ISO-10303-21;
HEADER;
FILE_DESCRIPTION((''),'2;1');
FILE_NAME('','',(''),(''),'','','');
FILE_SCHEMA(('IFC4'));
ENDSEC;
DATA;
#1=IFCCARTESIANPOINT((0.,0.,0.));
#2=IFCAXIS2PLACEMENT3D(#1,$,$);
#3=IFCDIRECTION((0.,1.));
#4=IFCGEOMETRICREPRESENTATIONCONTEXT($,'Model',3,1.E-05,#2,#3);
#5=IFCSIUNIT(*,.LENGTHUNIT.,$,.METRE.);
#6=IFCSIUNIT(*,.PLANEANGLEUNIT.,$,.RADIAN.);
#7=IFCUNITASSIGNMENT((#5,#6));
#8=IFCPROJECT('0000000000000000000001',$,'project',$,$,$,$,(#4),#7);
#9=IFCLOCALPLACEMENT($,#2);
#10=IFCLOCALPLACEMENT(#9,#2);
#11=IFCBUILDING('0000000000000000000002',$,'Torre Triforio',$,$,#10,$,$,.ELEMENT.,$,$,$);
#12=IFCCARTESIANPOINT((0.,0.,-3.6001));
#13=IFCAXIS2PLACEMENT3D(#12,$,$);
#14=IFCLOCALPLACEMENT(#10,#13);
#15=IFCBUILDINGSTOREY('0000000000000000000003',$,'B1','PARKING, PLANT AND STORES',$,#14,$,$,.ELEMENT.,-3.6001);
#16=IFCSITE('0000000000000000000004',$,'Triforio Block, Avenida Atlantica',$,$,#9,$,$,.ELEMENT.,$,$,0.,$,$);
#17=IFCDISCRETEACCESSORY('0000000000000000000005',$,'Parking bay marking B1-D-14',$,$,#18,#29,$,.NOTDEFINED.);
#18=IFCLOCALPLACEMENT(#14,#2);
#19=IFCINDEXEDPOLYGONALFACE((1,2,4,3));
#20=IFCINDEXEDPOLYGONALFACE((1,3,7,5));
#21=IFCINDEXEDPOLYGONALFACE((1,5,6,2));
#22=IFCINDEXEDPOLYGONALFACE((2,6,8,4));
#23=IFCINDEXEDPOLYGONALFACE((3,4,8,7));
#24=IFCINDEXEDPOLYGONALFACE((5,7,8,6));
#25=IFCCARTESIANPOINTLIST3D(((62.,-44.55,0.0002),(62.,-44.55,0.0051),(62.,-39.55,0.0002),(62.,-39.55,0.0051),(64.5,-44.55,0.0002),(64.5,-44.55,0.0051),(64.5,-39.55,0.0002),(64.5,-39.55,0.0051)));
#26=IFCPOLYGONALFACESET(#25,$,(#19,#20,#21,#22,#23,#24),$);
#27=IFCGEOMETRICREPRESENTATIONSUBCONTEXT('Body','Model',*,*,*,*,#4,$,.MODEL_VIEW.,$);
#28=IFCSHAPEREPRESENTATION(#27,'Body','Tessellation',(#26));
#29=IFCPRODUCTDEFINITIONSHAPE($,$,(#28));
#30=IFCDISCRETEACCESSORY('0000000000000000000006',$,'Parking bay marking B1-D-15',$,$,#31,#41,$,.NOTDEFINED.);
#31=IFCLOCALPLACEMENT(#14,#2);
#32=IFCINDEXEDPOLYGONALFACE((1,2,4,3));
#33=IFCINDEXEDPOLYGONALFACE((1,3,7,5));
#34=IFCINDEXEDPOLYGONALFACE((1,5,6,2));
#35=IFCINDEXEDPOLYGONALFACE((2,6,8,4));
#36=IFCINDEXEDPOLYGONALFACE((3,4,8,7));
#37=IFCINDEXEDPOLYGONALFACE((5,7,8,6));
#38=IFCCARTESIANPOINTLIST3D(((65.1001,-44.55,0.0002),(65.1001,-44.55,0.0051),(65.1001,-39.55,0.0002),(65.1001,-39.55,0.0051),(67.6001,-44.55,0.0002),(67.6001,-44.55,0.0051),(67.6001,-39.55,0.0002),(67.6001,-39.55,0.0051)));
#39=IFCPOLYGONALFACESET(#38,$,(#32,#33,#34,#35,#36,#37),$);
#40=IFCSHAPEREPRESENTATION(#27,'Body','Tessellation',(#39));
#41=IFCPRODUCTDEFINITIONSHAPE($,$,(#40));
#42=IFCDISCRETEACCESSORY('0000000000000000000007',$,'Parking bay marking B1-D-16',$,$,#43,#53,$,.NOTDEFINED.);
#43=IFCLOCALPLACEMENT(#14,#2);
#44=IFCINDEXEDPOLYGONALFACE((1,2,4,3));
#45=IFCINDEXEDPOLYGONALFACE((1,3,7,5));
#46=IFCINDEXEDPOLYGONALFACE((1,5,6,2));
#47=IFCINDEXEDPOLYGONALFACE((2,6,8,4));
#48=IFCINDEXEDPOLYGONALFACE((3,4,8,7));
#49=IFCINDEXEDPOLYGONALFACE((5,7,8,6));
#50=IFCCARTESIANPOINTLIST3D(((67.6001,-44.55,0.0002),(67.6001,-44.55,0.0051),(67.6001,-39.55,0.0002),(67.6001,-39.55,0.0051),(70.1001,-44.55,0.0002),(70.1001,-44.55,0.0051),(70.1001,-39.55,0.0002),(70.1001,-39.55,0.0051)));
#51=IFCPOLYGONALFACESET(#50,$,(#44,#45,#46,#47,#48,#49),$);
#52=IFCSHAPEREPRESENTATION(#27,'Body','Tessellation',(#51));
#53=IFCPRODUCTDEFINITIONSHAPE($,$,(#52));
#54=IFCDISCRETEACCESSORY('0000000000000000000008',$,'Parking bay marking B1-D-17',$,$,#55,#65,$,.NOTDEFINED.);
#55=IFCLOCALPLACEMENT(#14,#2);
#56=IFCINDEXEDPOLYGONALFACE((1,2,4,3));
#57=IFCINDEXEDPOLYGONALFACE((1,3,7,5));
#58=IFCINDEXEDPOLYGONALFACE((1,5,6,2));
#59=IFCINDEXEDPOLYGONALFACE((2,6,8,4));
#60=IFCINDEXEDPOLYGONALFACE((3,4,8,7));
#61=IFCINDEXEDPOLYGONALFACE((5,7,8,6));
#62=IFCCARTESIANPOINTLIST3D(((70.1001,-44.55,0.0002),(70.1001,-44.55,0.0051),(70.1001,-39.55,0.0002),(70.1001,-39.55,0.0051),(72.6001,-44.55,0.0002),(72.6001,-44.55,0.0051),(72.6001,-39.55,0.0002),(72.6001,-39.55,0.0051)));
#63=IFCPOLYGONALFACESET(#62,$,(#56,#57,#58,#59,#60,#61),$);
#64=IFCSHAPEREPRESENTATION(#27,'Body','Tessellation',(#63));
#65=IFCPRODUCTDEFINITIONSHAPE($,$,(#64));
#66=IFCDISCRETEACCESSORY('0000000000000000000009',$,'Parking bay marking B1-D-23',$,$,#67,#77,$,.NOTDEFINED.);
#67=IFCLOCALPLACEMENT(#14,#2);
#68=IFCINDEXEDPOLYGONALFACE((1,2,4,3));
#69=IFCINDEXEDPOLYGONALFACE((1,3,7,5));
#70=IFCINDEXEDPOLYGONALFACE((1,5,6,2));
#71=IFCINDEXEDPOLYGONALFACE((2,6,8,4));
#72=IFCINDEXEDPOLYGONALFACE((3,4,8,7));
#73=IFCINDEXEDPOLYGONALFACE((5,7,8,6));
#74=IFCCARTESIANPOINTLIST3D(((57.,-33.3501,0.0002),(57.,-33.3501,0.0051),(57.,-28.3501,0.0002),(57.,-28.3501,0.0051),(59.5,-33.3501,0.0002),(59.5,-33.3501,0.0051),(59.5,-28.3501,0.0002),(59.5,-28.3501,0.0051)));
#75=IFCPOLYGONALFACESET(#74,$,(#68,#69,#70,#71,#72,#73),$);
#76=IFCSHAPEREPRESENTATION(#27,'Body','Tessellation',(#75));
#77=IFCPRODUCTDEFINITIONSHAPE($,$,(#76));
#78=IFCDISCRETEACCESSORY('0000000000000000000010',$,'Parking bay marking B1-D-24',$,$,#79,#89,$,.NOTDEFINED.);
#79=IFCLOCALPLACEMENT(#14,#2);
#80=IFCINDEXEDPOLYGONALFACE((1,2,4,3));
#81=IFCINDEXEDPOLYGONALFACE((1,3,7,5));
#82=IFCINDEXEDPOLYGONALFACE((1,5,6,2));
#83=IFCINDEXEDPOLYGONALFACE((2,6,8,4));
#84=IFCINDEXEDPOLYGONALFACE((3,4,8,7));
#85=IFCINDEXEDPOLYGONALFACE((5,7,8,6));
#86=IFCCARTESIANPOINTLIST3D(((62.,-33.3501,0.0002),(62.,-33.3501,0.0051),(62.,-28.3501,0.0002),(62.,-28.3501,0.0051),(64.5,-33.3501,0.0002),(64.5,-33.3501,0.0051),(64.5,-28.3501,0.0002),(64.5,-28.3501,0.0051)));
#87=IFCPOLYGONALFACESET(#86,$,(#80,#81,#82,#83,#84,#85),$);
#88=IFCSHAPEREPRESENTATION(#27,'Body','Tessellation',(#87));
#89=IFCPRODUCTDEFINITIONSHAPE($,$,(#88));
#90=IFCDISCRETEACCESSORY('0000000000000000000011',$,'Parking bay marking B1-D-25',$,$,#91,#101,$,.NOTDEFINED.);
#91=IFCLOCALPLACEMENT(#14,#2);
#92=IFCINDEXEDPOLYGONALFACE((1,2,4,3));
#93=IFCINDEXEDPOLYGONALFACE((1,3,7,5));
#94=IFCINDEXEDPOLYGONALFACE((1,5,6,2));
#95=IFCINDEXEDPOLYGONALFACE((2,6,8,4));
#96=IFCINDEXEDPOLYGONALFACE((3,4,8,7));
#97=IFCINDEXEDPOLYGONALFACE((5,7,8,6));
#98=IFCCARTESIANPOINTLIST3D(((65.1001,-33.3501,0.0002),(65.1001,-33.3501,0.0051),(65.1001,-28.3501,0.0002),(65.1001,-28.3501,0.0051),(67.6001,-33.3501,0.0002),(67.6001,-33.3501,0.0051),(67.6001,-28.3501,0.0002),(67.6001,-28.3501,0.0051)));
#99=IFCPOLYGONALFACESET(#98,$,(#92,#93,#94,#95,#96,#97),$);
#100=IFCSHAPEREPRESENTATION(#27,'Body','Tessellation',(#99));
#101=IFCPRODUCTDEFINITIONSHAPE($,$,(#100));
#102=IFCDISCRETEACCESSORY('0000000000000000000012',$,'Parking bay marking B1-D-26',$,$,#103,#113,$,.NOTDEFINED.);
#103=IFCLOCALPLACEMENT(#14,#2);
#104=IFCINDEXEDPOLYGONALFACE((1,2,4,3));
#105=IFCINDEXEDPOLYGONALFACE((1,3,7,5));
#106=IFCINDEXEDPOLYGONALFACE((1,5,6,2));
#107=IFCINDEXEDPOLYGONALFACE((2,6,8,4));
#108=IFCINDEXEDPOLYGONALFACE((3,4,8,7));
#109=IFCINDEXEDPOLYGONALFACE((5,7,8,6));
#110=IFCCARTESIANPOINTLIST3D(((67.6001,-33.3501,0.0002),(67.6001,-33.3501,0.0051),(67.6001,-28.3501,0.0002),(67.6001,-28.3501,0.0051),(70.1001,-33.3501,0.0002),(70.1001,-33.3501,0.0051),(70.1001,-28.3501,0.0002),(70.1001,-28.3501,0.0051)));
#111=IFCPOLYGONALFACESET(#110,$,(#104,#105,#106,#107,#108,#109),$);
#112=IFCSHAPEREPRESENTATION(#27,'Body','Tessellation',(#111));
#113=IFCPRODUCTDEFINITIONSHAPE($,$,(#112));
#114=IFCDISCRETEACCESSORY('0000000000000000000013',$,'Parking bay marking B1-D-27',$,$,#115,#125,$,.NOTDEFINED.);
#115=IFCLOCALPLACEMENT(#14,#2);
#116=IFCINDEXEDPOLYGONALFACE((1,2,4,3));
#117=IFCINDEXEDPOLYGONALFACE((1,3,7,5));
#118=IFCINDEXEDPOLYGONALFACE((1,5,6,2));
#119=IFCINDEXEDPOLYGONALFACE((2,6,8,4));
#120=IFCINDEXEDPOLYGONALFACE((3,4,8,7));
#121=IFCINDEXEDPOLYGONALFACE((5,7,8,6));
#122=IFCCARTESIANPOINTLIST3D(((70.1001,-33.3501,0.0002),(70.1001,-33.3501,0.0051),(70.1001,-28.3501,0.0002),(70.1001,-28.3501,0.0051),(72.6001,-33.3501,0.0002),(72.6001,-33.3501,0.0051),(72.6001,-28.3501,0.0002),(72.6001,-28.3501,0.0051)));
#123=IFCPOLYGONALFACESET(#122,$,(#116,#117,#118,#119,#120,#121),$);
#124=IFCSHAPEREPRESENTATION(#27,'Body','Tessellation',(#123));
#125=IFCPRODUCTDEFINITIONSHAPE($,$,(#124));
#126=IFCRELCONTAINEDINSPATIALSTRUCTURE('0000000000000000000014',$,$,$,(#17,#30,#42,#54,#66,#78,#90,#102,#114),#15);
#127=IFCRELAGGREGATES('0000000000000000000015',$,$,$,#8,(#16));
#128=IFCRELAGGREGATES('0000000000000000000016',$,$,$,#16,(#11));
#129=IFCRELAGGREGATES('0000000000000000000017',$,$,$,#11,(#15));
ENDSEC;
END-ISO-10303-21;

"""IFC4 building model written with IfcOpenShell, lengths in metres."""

from ifc_helpers import new_model, si_unit, direction, frame, origin, origin_2d, place, context, subcontext, project, spatial, rectangle, extrude, element, save


model = new_model("IFC4")

# Units and contexts
model_context = context("Model", 3, precision=1e-05, world=origin(), true_north=direction((0.0, 1.0)))
body_context = subcontext(model_context, "Body", "Model", "MODEL_VIEW")
ifc_project = project(units=[si_unit("LENGTHUNIT", "METRE"), si_unit("PLANEANGLEUNIT", "RADIAN")], contexts=[model_context])

# Site, building, storey
site_placement = place(None, origin())
site = spatial("IfcSite", under=ifc_project, at=site_placement, Name="Triforio Block, Avenida Atlantica", CompositionType="ELEMENT", RefElevation=0.0)
building_placement = place(site_placement, origin())
building = spatial("IfcBuilding", under=site, at=building_placement, Name="Torre Triforio", CompositionType="ELEMENT")
storey_placement = place(building_placement, frame((0.0, 0.0, -3.6001)))
storey = spatial("IfcBuildingStorey", under=building, at=storey_placement, Name="B1", Description="PARKING, PLANT AND STORES", CompositionType="ELEMENT", Elevation=-3.6001)

# Discrete accessories
for number, where, z_axis, x_axis, name in (
    (1, (63.25, -42.05, 0.0002), (0.0, 0.0, 1.0), (1.0, 0.0, 0.0), "Parking bay marking B1-D-14"),
    (2, (66.3501, -42.05, 0.0002), (0.0, 0.0, 1.0), (1.0, 0.0, 0.0), "Parking bay marking B1-D-15"),
    (3, (68.8501, -42.05, 0.0002), (0.0, 0.0, 1.0), (1.0, 0.0, 0.0), "Parking bay marking B1-D-16"),
    (4, (71.3501, -42.05, 0.0002), (0.0, 0.0, 1.0), (1.0, 0.0, 0.0), "Parking bay marking B1-D-17"),
    (5, (58.25, -30.8501, 0.0002), (0.0, 0.0, 1.0), (1.0, 0.0, 0.0), "Parking bay marking B1-D-23"),
    (6, (63.25, -30.8501, 0.0002), (0.0, 0.0, 1.0), (1.0, 0.0, 0.0), "Parking bay marking B1-D-24"),
    (7, (66.3501, -30.8501, 0.0002), (0.0, 0.0, 1.0), (1.0, 0.0, 0.0), "Parking bay marking B1-D-25"),
    (8, (68.8501, -30.8501, 0.0002), (0.0, 0.0, 1.0), (1.0, 0.0, 0.0), "Parking bay marking B1-D-26"),
    (9, (71.3501, -30.8501, 0.0002), (0.0, 0.0, 1.0), (1.0, 0.0, 0.0), "Parking bay marking B1-D-27"),
):
    element("IfcDiscreteAccessory", number, at=place(storey_placement, frame(where, z_axis=z_axis, x_axis=x_axis)), inside=storey, Name=name, PredefinedType="NOTDEFINED", context=body_context, shape_type="SweptSolid", body=[
        extrude(rectangle(XDim=2.5, YDim=5.0, at=origin_2d()), origin(), (0.0, 0.0, 1.0), 0.0049),
    ])

save(model, "model.ifc")
